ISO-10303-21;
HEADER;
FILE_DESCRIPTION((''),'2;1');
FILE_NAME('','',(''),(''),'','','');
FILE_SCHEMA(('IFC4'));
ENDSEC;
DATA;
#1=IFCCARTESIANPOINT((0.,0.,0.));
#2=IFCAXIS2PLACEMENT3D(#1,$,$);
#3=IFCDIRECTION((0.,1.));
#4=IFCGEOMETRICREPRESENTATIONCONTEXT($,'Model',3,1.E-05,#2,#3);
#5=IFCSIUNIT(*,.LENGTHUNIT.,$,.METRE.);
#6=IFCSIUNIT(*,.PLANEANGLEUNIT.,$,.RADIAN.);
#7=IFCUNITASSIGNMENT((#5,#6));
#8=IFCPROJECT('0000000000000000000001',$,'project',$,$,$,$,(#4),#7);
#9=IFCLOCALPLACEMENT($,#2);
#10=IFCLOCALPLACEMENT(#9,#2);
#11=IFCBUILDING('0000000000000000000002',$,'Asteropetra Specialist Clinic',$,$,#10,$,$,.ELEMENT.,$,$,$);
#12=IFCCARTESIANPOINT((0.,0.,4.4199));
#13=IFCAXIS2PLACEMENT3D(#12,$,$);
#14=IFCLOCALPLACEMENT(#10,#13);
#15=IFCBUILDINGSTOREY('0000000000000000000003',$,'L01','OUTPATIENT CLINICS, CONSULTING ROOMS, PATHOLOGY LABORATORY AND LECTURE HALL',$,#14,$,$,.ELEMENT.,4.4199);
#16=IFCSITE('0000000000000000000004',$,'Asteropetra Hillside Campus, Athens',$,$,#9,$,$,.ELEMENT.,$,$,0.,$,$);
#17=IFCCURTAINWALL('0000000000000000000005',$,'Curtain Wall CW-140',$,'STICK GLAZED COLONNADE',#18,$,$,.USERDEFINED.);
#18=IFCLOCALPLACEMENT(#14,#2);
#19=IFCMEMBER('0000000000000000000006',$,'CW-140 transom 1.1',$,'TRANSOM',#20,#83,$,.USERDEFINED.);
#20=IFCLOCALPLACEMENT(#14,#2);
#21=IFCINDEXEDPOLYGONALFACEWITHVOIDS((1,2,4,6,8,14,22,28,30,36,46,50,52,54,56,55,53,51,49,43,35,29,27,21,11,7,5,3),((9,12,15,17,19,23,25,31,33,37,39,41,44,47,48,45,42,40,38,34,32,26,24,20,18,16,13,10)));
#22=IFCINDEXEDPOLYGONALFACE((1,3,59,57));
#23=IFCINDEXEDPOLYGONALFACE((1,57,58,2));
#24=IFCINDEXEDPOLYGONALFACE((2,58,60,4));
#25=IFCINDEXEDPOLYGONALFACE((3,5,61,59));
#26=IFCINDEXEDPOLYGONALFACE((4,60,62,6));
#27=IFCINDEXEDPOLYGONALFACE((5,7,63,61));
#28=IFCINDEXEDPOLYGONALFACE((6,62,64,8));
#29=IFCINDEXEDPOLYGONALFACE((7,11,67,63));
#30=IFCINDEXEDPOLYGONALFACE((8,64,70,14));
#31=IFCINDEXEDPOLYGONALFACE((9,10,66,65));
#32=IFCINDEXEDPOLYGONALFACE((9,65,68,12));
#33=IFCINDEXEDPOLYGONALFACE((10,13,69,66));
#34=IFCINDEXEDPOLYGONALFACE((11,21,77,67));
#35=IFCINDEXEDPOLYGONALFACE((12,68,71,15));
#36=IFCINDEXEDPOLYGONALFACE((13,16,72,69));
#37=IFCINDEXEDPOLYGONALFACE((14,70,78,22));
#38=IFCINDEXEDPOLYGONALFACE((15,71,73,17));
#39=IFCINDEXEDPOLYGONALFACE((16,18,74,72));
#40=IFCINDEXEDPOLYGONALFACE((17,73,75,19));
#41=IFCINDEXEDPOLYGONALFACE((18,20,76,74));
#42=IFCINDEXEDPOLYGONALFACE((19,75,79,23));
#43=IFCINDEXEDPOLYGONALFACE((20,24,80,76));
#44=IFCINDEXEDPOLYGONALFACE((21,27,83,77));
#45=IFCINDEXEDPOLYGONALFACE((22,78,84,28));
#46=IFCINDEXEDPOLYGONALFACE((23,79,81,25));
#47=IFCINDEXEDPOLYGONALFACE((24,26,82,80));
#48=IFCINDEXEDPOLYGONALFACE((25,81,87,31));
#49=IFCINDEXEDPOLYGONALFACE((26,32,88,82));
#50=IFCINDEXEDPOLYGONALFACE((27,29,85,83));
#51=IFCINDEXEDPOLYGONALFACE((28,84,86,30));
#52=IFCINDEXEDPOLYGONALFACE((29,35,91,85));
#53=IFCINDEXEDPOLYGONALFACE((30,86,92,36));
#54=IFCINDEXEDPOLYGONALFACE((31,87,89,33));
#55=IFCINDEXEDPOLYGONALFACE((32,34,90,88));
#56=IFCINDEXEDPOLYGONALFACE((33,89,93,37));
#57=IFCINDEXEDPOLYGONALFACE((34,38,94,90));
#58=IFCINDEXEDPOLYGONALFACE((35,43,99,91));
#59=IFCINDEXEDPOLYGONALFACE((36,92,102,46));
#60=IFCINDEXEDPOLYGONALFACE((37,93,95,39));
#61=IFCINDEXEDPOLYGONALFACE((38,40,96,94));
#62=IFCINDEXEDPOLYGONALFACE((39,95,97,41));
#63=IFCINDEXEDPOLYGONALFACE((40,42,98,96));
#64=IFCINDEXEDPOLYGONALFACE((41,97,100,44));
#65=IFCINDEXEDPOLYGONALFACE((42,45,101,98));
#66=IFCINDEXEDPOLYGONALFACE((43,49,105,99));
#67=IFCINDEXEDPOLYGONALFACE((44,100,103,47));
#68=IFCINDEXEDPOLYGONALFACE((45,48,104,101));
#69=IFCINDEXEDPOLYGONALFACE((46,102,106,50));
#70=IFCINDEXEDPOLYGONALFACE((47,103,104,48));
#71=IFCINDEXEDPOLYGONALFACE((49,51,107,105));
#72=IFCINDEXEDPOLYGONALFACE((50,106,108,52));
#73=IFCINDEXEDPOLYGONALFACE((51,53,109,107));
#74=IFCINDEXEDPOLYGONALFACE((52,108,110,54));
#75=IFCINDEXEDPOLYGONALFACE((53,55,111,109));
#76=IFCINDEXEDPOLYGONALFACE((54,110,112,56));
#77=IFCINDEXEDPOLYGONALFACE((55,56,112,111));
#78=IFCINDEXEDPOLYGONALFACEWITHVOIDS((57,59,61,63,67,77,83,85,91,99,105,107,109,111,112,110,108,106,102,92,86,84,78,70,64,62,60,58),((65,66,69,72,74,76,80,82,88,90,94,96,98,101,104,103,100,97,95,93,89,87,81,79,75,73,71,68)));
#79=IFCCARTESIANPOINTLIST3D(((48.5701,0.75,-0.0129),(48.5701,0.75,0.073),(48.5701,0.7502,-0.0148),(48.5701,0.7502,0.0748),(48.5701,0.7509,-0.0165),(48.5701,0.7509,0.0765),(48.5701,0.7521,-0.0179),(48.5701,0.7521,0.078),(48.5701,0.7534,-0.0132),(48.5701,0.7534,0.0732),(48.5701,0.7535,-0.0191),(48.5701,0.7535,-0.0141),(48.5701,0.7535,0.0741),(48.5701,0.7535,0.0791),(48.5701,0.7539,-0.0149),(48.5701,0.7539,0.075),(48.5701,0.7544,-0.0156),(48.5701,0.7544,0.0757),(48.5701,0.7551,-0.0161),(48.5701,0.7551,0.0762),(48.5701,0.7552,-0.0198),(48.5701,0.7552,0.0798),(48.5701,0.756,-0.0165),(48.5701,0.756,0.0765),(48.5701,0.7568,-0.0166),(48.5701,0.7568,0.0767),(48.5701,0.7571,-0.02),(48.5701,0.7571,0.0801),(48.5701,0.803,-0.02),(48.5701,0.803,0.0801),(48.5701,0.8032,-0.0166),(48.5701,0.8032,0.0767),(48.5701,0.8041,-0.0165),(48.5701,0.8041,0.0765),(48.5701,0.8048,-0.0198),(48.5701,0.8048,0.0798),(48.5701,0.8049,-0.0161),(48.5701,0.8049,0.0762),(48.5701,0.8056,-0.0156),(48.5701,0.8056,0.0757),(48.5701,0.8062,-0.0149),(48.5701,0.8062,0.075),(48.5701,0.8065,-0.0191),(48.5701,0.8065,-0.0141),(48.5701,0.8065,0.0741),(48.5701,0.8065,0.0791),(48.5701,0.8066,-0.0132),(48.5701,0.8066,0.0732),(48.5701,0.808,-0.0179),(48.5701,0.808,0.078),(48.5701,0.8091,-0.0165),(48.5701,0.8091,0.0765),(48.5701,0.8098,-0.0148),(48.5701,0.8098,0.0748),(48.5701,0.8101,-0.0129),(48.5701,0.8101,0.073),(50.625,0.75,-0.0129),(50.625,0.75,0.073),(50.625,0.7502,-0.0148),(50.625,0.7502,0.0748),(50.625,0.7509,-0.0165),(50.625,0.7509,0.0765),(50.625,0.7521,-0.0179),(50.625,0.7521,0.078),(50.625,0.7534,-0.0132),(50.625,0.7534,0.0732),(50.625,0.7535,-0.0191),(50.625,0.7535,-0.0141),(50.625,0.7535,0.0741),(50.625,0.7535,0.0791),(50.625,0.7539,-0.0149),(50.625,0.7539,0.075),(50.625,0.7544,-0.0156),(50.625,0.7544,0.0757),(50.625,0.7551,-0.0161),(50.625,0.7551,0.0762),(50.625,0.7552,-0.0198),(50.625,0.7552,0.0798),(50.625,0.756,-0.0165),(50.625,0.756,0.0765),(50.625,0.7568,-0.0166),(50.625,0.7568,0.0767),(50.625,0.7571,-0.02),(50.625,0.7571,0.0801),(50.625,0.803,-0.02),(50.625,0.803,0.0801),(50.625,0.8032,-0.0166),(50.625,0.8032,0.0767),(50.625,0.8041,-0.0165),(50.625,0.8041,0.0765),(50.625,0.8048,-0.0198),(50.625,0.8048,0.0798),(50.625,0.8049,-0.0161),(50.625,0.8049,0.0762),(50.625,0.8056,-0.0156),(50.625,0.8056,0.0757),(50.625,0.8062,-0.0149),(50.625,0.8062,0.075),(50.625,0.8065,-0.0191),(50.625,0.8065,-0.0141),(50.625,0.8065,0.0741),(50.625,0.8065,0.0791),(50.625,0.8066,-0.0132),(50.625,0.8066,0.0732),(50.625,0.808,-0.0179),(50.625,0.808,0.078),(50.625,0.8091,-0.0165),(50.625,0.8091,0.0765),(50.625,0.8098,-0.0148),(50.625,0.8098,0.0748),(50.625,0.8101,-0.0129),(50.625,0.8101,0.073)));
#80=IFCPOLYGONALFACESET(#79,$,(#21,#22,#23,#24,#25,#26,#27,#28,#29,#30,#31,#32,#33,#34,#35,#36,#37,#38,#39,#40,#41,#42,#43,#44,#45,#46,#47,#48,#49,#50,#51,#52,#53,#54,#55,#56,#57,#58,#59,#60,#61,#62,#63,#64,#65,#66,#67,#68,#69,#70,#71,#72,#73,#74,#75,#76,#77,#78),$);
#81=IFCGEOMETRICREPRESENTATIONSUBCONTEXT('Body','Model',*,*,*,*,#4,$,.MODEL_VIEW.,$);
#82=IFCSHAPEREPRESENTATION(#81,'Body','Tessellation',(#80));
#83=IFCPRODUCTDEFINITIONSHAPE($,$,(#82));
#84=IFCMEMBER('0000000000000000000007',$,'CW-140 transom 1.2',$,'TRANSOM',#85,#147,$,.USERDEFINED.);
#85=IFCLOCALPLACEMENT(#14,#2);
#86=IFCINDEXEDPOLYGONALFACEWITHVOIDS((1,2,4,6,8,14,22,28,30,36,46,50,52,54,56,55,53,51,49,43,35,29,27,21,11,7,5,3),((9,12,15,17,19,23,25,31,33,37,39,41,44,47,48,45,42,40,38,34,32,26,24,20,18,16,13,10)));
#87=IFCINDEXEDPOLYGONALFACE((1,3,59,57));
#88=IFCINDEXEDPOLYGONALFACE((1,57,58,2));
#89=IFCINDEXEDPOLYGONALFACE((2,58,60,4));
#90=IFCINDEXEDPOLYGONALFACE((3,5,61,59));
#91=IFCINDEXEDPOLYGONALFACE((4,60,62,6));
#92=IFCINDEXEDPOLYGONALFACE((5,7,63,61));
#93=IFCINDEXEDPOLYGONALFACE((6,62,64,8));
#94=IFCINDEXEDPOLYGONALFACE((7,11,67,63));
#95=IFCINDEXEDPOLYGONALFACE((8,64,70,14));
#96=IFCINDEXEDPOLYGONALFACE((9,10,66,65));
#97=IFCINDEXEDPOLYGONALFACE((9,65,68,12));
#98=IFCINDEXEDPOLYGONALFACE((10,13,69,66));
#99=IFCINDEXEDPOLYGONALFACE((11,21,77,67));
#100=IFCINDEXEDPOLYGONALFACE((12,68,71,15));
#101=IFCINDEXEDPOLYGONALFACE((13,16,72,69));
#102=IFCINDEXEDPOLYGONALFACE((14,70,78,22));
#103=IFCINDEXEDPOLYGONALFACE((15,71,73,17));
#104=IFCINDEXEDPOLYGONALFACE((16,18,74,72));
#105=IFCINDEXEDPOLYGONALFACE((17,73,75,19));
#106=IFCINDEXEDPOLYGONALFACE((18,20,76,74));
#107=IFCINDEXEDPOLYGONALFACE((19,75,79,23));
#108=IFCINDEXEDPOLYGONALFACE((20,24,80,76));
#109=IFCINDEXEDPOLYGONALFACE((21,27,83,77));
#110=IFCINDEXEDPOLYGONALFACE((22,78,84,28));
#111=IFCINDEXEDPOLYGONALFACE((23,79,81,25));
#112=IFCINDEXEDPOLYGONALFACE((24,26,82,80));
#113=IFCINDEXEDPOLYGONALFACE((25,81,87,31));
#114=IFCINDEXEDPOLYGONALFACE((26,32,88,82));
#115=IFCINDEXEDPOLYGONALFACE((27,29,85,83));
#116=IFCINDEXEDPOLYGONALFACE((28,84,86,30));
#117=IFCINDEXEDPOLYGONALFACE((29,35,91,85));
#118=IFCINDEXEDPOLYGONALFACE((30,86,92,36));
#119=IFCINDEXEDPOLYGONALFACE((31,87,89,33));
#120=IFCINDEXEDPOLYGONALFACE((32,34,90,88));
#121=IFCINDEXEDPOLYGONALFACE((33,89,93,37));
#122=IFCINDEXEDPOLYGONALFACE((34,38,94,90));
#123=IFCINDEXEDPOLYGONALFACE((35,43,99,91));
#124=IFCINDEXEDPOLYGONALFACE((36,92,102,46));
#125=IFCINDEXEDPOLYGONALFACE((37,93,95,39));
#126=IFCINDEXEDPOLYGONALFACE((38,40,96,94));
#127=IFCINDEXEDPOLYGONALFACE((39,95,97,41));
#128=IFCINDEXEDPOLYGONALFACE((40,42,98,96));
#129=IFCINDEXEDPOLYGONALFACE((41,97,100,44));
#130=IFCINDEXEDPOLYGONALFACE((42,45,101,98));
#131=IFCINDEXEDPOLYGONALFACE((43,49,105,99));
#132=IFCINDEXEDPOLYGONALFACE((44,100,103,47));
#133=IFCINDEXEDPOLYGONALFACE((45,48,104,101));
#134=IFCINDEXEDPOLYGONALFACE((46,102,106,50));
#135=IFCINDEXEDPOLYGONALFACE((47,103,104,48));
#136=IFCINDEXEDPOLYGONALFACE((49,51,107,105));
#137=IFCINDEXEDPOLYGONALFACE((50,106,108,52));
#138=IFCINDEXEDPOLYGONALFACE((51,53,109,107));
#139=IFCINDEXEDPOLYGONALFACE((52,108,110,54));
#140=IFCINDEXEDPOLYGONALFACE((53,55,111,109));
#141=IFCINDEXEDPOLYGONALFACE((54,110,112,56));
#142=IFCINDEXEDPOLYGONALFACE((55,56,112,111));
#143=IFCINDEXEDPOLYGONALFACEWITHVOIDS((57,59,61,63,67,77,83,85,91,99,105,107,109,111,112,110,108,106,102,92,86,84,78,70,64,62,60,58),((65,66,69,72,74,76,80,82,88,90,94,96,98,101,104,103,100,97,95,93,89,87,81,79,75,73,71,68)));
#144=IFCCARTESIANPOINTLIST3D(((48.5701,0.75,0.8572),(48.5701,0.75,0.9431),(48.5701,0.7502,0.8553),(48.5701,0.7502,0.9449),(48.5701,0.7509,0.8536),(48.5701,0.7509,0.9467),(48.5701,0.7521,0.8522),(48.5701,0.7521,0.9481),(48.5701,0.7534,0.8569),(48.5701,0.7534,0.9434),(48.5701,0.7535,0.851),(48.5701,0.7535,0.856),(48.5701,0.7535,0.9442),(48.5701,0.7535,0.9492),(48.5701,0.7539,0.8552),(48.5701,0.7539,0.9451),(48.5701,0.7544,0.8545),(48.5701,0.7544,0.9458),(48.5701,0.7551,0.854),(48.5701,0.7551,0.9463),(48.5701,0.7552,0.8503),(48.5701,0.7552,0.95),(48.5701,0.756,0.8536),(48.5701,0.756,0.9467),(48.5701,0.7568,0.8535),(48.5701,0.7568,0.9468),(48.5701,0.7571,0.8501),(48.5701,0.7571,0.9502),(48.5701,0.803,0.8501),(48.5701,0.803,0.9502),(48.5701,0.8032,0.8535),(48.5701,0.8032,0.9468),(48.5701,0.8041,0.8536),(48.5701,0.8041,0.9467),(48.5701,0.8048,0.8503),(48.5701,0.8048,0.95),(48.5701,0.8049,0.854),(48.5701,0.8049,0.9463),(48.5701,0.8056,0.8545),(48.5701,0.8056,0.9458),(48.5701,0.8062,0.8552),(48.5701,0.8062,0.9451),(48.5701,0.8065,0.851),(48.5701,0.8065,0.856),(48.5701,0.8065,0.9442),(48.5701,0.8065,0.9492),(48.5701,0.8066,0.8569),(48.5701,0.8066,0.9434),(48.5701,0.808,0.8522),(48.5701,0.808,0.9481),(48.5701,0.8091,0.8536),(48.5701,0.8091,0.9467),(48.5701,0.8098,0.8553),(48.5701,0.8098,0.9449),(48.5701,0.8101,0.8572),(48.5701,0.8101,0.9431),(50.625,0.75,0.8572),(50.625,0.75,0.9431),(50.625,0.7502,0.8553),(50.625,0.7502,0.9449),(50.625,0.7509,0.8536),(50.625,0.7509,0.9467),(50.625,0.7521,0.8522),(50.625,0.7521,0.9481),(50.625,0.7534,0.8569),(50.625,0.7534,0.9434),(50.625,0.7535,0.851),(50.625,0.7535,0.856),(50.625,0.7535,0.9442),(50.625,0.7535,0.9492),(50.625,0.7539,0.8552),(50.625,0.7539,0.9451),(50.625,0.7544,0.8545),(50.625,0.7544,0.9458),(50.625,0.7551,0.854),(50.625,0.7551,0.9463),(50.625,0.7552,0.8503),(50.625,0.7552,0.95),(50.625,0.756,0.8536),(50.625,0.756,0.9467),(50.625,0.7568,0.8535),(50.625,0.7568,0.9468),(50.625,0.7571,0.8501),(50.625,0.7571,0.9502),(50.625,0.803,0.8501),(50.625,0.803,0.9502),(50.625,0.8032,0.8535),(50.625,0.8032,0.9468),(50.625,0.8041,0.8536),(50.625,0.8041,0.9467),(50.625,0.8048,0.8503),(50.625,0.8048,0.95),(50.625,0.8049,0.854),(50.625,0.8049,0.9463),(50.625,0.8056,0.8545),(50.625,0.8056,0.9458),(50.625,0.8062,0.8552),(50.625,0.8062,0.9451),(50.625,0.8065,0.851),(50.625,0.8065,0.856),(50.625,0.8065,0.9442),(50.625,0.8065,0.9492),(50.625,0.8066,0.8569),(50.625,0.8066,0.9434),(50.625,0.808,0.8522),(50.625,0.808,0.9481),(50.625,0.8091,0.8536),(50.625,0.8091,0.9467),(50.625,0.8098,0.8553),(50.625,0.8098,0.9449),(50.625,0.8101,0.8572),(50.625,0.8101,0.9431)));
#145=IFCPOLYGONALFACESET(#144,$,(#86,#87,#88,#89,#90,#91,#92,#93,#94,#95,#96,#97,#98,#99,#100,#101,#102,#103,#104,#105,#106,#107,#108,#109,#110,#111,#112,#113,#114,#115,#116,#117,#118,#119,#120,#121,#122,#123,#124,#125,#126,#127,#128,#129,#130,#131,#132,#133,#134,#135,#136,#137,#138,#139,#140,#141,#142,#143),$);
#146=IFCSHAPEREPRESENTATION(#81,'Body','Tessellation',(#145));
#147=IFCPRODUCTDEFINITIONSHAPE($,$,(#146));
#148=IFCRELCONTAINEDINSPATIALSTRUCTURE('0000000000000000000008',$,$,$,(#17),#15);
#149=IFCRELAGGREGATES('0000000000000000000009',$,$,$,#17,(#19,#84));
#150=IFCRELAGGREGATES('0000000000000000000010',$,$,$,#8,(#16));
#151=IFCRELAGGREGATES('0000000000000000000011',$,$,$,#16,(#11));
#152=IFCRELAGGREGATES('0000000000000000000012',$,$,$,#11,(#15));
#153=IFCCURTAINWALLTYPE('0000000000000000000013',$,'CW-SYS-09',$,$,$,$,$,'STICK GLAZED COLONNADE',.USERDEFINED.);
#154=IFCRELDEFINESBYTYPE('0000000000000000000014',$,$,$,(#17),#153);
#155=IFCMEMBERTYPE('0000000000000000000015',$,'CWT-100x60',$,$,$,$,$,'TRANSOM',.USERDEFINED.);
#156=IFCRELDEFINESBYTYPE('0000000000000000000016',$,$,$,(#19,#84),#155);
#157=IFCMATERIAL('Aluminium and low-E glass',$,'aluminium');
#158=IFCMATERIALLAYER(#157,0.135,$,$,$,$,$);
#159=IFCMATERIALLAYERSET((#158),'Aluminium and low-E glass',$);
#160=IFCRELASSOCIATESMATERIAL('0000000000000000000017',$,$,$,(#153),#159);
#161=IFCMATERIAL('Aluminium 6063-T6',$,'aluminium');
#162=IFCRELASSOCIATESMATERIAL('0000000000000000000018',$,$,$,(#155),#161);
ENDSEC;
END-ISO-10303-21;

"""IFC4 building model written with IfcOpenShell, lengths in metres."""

from ifc_helpers import new_model, si_unit, direction, frame, origin, origin_2d, place, context, subcontext, project, spatial, hollow_rectangle, extrude, material, layer, layer_set, material_profile, profile_set, type_object, element, aggregate, save


model = new_model("IFC4")

# Units and contexts
model_context = context("Model", 3, precision=1e-05, world=origin(), true_north=direction((0.0, 1.0)))
body_context = subcontext(model_context, "Body", "Model", "MODEL_VIEW")
ifc_project = project(units=[si_unit("LENGTHUNIT", "METRE"), si_unit("PLANEANGLEUNIT", "RADIAN")], contexts=[model_context])

# Site, building, storey
site_placement = place(None, origin())
site = spatial("IfcSite", under=ifc_project, at=site_placement, Name="Asteropetra Hillside Campus, Athens", CompositionType="ELEMENT", RefElevation=0.0)
building_placement = place(site_placement, origin())
building = spatial("IfcBuilding", under=site, at=building_placement, Name="Asteropetra Specialist Clinic", CompositionType="ELEMENT")
storey_placement = place(building_placement, frame((0.0, 0.0, 4.4199)))
storey = spatial("IfcBuildingStorey", under=building, at=storey_placement, Name="L01", Description="OUTPATIENT CLINICS, CONSULTING ROOMS, PATHOLOGY LABORATORY AND LECTURE HALL", CompositionType="ELEMENT", Elevation=4.4199)

# Curtain wall
ifc_material_1 = material(Name="Aluminium and low-E glass", Category="aluminium")
ifc_layer_1 = layer(ifc_material_1, 0.135)
ifc_layer_set_1 = layer_set([ifc_layer_1], Name="Aluminium and low-E glass")
curtain_wall_type_1 = type_object("IfcCurtainWallType", Name="CW-SYS-09", ElementType="STICK GLAZED COLONNADE", PredefinedType="USERDEFINED", material=ifc_layer_set_1)
curtain_wall_1_placement = place(storey_placement, origin())
curtain_wall_1 = element("IfcCurtainWall", 1, at=curtain_wall_1_placement, inside=storey, type_object=curtain_wall_type_1, Name="Curtain Wall CW-140", ObjectType="STICK GLAZED COLONNADE", PredefinedType="USERDEFINED")

# Members
ifc_material_2 = material(Name="Aluminium 6063-T6", Category="aluminium")
ifc_material_profile_1 = material_profile(ifc_material_2, hollow_rectangle(XDim=0.0601, YDim=0.1001, WallThickness=0.0034, InnerFilletRadius=0.0034, OuterFilletRadius=0.0071, at=origin_2d()), Name="TRN 100x60x3.5")
ifc_profile_set_1 = profile_set([ifc_material_profile_1], Name="Aluminium 6063-T6")
member_type_1 = type_object("IfcMemberType", Name="CWT-100x60", ElementType="TRANSOM", PredefinedType="USERDEFINED", material=ifc_profile_set_1)
member_1_placement = place(storey_placement, frame((48.5701, 0.78, 0.03), z_axis=(1.0, 0.0, 0.0), x_axis=(0.0, 1.0, 0.0)))
member_1 = element("IfcMember", 2, at=member_1_placement, type_object=member_type_1, Name="CW-140 transom 1.1", ObjectType="TRANSOM", PredefinedType="USERDEFINED", context=body_context, shape_type="SweptSolid", body=[
    extrude(hollow_rectangle(XDim=0.0601, YDim=0.1001, WallThickness=0.0034, InnerFilletRadius=0.0034, OuterFilletRadius=0.0071, at=origin_2d()), origin(), (0.0, 0.0, 1.0), 2.0549),
])
member_2_placement = place(storey_placement, frame((48.5701, 0.78, 0.9001), z_axis=(1.0, 0.0, 0.0), x_axis=(0.0, 1.0, 0.0)))
member_2 = element("IfcMember", 3, at=member_2_placement, type_object=member_type_1, Name="CW-140 transom 1.2", ObjectType="TRANSOM", PredefinedType="USERDEFINED", context=body_context, shape_type="SweptSolid", body=[
    extrude(hollow_rectangle(XDim=0.0601, YDim=0.1001, WallThickness=0.0034, InnerFilletRadius=0.0034, OuterFilletRadius=0.0071, at=origin_2d()), origin(), (0.0, 0.0, 1.0), 2.0549),
])

aggregate(curtain_wall_1, [member_1, member_2])

save(model, "model.ifc")
